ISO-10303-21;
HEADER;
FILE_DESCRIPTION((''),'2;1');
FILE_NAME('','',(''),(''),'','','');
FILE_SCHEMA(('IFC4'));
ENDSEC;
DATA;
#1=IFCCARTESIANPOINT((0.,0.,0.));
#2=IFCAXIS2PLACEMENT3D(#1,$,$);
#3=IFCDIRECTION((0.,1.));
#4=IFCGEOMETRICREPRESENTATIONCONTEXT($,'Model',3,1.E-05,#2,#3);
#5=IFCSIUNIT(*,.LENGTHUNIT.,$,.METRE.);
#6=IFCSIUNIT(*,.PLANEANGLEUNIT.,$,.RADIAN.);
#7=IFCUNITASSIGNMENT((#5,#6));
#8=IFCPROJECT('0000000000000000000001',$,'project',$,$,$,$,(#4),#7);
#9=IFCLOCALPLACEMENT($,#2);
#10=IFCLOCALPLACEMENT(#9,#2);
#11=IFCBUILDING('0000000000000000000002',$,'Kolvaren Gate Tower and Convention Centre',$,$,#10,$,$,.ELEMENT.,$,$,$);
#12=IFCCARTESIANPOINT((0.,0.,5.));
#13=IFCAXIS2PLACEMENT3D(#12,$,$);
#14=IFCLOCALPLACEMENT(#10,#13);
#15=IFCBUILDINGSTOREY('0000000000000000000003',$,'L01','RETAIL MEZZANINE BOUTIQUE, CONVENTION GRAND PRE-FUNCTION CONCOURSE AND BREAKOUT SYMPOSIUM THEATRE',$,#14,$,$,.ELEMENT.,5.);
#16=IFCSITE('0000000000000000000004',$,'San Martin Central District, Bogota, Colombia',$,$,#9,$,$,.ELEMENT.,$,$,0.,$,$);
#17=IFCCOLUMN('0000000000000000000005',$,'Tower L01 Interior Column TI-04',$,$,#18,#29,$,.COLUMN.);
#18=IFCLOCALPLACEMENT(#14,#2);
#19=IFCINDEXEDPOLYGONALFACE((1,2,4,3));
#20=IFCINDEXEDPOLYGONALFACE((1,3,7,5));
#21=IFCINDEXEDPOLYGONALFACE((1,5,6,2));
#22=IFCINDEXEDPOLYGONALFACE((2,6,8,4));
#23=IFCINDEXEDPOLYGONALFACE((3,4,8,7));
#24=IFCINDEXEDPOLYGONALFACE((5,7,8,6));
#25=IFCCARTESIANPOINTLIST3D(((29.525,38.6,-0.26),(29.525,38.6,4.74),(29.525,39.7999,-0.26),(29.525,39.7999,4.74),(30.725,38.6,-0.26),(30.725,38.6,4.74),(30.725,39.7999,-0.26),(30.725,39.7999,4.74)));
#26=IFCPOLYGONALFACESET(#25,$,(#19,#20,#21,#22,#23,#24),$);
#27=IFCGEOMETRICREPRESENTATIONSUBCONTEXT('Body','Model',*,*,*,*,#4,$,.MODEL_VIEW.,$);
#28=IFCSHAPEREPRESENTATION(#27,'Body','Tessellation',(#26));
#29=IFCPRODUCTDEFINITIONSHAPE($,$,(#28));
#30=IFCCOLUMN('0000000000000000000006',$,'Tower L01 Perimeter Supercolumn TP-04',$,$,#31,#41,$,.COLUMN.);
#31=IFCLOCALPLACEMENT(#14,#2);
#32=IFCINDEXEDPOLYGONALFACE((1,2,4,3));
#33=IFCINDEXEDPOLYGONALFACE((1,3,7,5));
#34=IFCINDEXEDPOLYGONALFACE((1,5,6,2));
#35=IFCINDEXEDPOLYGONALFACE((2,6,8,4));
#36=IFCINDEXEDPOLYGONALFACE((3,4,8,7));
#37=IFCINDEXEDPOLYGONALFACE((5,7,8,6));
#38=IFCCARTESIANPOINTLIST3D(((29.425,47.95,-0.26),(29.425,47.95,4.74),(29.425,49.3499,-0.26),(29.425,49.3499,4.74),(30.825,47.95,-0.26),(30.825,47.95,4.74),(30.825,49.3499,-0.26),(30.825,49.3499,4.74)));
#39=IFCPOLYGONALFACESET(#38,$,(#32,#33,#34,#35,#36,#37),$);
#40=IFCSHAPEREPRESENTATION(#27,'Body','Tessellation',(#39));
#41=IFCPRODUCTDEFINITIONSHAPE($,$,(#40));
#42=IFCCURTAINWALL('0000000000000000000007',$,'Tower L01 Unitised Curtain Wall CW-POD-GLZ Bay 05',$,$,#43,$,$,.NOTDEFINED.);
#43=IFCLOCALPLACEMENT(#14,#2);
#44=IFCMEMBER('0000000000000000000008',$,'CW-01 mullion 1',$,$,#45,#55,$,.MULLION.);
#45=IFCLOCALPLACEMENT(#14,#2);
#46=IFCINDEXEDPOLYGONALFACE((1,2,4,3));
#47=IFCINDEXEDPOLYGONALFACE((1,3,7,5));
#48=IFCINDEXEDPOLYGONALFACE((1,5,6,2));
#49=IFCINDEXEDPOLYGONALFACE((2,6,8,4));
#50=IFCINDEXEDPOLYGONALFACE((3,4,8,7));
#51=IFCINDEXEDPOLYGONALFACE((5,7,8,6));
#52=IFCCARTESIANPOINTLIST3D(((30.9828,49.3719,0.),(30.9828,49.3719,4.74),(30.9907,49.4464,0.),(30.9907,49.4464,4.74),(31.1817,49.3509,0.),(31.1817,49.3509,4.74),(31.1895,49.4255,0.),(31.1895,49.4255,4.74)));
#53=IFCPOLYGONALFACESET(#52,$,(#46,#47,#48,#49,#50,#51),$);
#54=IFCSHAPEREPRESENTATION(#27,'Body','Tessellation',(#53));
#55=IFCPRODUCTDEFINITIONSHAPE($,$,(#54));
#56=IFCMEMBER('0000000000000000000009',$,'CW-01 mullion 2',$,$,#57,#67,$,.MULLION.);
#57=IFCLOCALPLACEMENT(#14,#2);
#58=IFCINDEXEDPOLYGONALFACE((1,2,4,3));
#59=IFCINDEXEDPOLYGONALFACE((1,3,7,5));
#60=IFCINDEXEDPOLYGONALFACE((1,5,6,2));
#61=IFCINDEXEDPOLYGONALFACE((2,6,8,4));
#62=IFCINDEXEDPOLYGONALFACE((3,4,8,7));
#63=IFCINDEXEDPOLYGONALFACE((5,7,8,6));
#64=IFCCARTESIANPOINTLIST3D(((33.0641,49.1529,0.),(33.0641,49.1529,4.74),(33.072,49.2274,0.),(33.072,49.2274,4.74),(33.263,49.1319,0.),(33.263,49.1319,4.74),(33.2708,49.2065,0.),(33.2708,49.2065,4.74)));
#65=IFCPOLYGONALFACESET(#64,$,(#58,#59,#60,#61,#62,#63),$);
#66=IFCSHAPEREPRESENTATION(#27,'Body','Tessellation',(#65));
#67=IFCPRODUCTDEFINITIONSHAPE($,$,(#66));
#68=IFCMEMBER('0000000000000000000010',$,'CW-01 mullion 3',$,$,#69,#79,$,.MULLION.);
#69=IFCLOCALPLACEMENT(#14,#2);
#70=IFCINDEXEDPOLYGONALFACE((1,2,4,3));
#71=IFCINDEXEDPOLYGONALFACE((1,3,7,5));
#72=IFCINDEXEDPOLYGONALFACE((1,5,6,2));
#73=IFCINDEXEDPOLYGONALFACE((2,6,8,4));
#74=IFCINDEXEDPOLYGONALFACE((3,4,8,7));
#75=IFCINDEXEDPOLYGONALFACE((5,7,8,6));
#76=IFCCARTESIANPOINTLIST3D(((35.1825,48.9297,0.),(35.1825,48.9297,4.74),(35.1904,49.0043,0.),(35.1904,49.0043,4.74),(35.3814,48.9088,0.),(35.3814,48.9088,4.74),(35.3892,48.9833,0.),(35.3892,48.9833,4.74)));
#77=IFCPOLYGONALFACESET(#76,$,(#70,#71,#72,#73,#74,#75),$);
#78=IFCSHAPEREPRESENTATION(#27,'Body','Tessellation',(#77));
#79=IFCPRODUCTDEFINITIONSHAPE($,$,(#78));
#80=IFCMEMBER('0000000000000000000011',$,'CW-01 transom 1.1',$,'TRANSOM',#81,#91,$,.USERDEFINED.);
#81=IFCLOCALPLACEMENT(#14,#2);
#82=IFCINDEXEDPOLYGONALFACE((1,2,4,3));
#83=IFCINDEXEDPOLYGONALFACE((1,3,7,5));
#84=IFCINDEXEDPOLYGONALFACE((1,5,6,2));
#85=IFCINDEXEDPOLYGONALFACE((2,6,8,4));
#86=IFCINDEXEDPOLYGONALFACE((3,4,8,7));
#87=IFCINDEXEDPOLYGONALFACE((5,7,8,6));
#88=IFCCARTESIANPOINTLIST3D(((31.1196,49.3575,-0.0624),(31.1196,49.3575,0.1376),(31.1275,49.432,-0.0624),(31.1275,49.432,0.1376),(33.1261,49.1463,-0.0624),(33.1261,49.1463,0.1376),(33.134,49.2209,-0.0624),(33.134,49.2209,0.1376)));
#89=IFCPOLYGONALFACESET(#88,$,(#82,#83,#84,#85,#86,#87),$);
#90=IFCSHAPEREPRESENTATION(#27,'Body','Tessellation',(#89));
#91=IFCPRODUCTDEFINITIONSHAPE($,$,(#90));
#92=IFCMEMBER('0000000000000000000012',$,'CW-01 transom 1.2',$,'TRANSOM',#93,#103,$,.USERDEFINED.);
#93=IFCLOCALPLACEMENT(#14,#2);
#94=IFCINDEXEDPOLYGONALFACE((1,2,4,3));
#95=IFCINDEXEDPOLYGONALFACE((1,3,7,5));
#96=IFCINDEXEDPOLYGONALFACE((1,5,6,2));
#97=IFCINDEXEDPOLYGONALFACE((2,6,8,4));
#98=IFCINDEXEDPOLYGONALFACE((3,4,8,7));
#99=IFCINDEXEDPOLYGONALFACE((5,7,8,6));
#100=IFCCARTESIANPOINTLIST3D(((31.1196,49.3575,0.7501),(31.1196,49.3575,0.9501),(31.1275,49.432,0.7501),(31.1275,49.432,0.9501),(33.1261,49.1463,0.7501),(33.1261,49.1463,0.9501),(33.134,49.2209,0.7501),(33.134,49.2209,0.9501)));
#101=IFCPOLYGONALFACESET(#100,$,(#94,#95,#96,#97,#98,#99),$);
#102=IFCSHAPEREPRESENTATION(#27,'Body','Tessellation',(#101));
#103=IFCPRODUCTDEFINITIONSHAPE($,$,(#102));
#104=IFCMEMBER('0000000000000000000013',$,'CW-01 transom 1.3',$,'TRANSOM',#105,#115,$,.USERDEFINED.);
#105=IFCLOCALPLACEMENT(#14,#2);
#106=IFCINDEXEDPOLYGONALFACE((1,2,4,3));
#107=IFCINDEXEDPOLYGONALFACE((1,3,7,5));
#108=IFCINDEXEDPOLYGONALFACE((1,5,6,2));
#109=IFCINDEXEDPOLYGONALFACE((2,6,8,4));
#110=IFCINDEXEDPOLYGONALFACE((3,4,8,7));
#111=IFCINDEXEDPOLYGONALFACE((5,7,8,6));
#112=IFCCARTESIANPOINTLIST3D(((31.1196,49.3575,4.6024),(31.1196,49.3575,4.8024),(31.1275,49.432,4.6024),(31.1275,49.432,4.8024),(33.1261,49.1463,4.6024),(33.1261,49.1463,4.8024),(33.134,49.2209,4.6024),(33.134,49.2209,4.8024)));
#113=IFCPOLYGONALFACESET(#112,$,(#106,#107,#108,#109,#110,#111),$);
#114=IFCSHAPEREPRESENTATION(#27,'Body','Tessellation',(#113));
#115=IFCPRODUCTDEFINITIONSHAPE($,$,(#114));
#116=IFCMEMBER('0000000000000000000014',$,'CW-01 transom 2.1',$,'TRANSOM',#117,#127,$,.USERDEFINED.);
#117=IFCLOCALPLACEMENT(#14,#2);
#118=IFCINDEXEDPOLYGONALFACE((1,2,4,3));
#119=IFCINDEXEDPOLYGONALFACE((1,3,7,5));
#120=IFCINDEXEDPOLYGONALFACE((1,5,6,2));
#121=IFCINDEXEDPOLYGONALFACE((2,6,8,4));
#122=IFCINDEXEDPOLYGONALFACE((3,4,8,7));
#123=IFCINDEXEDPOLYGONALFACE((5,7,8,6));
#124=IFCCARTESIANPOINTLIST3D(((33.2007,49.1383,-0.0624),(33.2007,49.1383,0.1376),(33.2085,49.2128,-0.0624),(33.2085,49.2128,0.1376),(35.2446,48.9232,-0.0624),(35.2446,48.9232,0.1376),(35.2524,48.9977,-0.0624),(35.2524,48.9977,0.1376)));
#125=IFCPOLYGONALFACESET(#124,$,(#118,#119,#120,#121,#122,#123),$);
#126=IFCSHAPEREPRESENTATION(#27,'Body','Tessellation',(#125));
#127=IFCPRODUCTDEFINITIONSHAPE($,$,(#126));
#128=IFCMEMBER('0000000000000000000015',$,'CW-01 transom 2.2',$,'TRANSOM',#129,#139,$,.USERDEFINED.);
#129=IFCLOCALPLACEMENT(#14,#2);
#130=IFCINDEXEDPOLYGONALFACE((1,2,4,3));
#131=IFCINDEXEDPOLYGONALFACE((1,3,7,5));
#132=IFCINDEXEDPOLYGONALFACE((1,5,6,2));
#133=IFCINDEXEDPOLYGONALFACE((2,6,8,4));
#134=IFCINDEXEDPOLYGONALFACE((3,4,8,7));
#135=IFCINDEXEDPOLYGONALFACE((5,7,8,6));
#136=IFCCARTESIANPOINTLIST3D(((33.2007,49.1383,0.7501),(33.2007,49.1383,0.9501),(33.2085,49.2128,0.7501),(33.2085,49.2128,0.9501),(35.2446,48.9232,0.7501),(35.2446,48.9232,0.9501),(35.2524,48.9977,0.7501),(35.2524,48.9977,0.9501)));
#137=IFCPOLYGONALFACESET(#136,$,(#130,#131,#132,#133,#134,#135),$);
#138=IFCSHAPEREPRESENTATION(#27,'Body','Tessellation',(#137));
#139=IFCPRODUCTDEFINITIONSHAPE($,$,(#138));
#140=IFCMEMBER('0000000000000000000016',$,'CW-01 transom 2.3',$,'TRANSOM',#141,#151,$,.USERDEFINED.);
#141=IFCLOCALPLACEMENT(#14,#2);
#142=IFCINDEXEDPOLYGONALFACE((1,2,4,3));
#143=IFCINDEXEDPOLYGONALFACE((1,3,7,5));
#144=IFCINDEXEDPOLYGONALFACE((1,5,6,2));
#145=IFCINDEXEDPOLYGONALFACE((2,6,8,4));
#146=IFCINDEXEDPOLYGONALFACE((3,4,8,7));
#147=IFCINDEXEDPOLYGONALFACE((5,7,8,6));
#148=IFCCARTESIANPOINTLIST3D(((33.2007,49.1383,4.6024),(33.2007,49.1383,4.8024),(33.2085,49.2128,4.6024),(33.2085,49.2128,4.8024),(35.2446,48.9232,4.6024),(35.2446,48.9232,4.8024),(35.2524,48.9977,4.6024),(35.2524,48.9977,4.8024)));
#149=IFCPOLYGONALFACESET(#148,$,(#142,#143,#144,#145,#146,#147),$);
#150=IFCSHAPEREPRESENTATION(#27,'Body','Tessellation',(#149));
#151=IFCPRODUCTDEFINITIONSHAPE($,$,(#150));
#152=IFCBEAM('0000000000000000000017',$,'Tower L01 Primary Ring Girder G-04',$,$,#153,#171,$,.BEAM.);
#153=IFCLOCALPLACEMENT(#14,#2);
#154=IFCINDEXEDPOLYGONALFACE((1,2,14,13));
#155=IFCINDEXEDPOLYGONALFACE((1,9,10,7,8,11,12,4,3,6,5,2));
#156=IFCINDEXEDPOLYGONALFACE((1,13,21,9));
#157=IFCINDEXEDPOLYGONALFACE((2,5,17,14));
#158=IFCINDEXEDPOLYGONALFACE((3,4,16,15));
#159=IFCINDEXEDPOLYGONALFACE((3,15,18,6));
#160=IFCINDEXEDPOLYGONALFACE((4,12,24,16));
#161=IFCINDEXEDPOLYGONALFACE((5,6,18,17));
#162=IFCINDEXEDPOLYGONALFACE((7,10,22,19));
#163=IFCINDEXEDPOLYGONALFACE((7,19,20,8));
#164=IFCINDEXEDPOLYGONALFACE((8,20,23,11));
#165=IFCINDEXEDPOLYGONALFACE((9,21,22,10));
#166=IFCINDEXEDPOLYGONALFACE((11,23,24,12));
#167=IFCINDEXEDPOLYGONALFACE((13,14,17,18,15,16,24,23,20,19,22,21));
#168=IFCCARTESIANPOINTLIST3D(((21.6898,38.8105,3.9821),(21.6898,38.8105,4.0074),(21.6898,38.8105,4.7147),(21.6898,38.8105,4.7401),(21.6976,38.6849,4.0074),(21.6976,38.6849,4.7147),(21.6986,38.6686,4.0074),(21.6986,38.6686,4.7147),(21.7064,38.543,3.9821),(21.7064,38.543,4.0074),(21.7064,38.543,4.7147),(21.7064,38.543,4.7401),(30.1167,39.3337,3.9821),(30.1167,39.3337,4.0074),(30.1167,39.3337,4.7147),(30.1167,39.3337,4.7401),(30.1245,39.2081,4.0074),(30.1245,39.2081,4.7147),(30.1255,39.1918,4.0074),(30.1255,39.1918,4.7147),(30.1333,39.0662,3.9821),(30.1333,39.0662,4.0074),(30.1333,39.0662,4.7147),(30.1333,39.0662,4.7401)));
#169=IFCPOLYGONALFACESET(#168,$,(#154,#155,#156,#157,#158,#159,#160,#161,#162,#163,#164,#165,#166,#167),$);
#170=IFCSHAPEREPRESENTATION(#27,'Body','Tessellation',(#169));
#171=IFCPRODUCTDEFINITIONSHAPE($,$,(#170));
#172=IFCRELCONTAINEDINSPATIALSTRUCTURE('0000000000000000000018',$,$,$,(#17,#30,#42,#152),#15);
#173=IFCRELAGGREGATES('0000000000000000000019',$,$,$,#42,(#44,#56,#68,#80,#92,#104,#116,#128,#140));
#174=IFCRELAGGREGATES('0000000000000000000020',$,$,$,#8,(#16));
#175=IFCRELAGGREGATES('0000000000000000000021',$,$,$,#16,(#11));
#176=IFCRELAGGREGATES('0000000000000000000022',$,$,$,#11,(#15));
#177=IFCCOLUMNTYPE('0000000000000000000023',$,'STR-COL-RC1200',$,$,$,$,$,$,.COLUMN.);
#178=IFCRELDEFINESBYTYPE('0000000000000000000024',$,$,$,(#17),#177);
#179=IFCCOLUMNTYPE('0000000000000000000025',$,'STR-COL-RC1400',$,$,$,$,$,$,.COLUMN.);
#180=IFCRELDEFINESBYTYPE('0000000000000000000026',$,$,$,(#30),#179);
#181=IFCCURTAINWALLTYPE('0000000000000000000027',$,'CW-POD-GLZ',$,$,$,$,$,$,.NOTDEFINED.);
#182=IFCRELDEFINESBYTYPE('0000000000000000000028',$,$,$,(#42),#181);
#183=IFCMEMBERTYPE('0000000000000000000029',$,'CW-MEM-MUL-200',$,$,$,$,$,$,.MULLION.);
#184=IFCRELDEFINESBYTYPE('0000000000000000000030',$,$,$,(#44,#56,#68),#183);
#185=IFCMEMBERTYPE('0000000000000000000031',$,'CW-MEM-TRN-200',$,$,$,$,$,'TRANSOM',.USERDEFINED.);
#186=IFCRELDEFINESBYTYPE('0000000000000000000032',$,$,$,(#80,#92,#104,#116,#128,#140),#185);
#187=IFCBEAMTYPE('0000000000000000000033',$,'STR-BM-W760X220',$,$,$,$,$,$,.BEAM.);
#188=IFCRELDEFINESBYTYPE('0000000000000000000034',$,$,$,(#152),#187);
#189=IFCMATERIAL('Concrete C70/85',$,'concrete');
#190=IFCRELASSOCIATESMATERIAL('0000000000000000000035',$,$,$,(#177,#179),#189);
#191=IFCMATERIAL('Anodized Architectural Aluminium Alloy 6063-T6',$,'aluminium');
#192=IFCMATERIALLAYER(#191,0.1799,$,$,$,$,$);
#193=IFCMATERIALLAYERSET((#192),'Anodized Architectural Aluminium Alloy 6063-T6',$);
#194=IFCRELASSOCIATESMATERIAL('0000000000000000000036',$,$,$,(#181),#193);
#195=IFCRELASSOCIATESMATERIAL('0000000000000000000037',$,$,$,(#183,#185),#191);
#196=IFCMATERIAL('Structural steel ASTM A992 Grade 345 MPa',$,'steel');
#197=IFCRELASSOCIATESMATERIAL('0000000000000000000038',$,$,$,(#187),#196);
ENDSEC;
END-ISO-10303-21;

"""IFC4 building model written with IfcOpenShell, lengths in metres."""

from ifc_helpers import new_model, si_unit, direction, frame, origin, origin_2d, place, context, subcontext, project, spatial, rectangle, i_section, extrude, material, layer, layer_set, material_profile, profile_set, type_object, element, aggregate, save


model = new_model("IFC4")

# Units and contexts
model_context = context("Model", 3, precision=1e-05, world=origin(), true_north=direction((0.0, 1.0)))
body_context = subcontext(model_context, "Body", "Model", "MODEL_VIEW")
ifc_project = project(units=[si_unit("LENGTHUNIT", "METRE"), si_unit("PLANEANGLEUNIT", "RADIAN")], contexts=[model_context])

# Site, building, storey
site_placement = place(None, origin())
site = spatial("IfcSite", under=ifc_project, at=site_placement, Name="San Martin Central District, Bogota, Colombia", CompositionType="ELEMENT", RefElevation=0.0)
building_placement = place(site_placement, origin())
building = spatial("IfcBuilding", under=site, at=building_placement, Name="Kolvaren Gate Tower and Convention Centre", CompositionType="ELEMENT")
storey_placement = place(building_placement, frame((0.0, 0.0, 5.0)))
storey = spatial("IfcBuildingStorey", under=building, at=storey_placement, Name="L01", Description="RETAIL MEZZANINE BOUTIQUE, CONVENTION GRAND PRE-FUNCTION CONCOURSE AND BREAKOUT SYMPOSIUM THEATRE", CompositionType="ELEMENT", Elevation=5.0)

# Columns
ifc_material_1 = material(Name="Concrete C70/85", Category="concrete")
ifc_material_profile_1 = material_profile(ifc_material_1, rectangle(XDim=1.2, YDim=1.2, at=origin_2d()), Name="RC-COL-1200X1200")
ifc_profile_set_1 = profile_set([ifc_material_profile_1], Name="Concrete C70/85")
column_type_1 = type_object("IfcColumnType", Name="STR-COL-RC1200", PredefinedType="COLUMN", material=ifc_profile_set_1)
column_1_placement = place(storey_placement, frame((30.125, 39.2, -0.26), z_axis=(0.0, 0.0, 1.0), x_axis=(1.0, 0.0, 0.0)))
element("IfcColumn", 1, at=column_1_placement, inside=storey, type_object=column_type_1, Name="Tower L01 Interior Column TI-04", PredefinedType="COLUMN", context=body_context, shape_type="SweptSolid", body=[
    extrude(rectangle(XDim=1.2, YDim=1.2, at=origin_2d()), origin(), (0.0, 0.0, 1.0), 5.0),
])
ifc_material_profile_2 = material_profile(ifc_material_1, rectangle(XDim=1.3999, YDim=1.3999, at=origin_2d()), Name="RC-COL-1400X1400")
ifc_profile_set_2 = profile_set([ifc_material_profile_2], Name="Concrete C70/85")
column_type_2 = type_object("IfcColumnType", Name="STR-COL-RC1400", PredefinedType="COLUMN", material=ifc_profile_set_2)
column_2_placement = place(storey_placement, frame((30.125, 48.6499, -0.26), z_axis=(0.0, 0.0, 1.0), x_axis=(1.0, 0.0, 0.0)))
element("IfcColumn", 2, at=column_2_placement, inside=storey, type_object=column_type_2, Name="Tower L01 Perimeter Supercolumn TP-04", PredefinedType="COLUMN", context=body_context, shape_type="SweptSolid", body=[
    extrude(rectangle(XDim=1.3999, YDim=1.3999, at=origin_2d()), origin(), (0.0, 0.0, 1.0), 5.0),
])

# Curtain wall, members
ifc_material_2 = material(Name="Anodized Architectural Aluminium Alloy 6063-T6", Category="aluminium")
ifc_layer_1 = layer(ifc_material_2, 0.1799)
ifc_layer_set_1 = layer_set([ifc_layer_1], Name="Anodized Architectural Aluminium Alloy 6063-T6")
curtain_wall_type = type_object("IfcCurtainWallType", Name="CW-POD-GLZ", PredefinedType="NOTDEFINED", material=ifc_layer_set_1)
curtain_wall_placement = place(storey_placement, origin())
curtain_wall = element("IfcCurtainWall", 3, at=curtain_wall_placement, inside=storey, type_object=curtain_wall_type, Name="Tower L01 Unitised Curtain Wall CW-POD-GLZ Bay 05", PredefinedType="NOTDEFINED")
ifc_material_profile_3 = material_profile(ifc_material_2, rectangle(XDim=0.075, YDim=0.2, at=origin_2d()), Name="CW-MEM-MUL-200")
ifc_profile_set_3 = profile_set([ifc_material_profile_3], Name="Anodized Architectural Aluminium Alloy 6063-T6")
member_type_1 = type_object("IfcMemberType", Name="CW-MEM-MUL-200", PredefinedType="MULLION", material=ifc_profile_set_3)
member_1_placement = place(storey_placement, frame((31.0862, 49.3987, 0.0), z_axis=(0.0, 0.0, 1.0), x_axis=(0.104748, 0.994499, 0.0)))
member_1 = element("IfcMember", 4, at=member_1_placement, type_object=member_type_1, Name="CW-01 mullion 1", PredefinedType="MULLION", context=body_context, shape_type="SweptSolid", body=[
    extrude(rectangle(XDim=0.075, YDim=0.2, at=origin_2d()), origin(), (0.0, 0.0, 1.0), 4.74),
])
member_2_placement = place(storey_placement, frame((33.1675, 49.1797, 0.0), z_axis=(0.0, 0.0, 1.0), x_axis=(0.104748, 0.994499, 0.0)))
member_2 = element("IfcMember", 5, at=member_2_placement, type_object=member_type_1, Name="CW-01 mullion 2", PredefinedType="MULLION", context=body_context, shape_type="SweptSolid", body=[
    extrude(rectangle(XDim=0.075, YDim=0.2, at=origin_2d()), origin(), (0.0, 0.0, 1.0), 4.74),
])
member_3_placement = place(storey_placement, frame((35.2859, 48.9565, 0.0), z_axis=(0.0, 0.0, 1.0), x_axis=(0.104748, 0.994499, 0.0)))
member_3 = element("IfcMember", 6, at=member_3_placement, type_object=member_type_1, Name="CW-01 mullion 3", PredefinedType="MULLION", context=body_context, shape_type="SweptSolid", body=[
    extrude(rectangle(XDim=0.075, YDim=0.2, at=origin_2d()), origin(), (0.0, 0.0, 1.0), 4.74),
])
ifc_material_profile_4 = material_profile(ifc_material_2, rectangle(XDim=0.075, YDim=0.2, at=origin_2d()), Name="CW-MEM-TRN-200")
ifc_profile_set_4 = profile_set([ifc_material_profile_4], Name="Anodized Architectural Aluminium Alloy 6063-T6")
member_type_2 = type_object("IfcMemberType", Name="CW-MEM-TRN-200", ElementType="TRANSOM", PredefinedType="USERDEFINED", material=ifc_profile_set_4)
member_4_placement = place(storey_placement, frame((31.1235, 49.3948, 0.0376), z_axis=(0.994507, -0.104666, 0.0), x_axis=(0.104666, 0.994507, 0.0)))
member_4 = element("IfcMember", 7, at=member_4_placement, type_object=member_type_2, Name="CW-01 transom 1.1", ObjectType="TRANSOM", PredefinedType="USERDEFINED", context=body_context, shape_type="SweptSolid", body=[
    extrude(rectangle(XDim=0.075, YDim=0.2, at=origin_2d()), origin(), (0.0, 0.0, 1.0), 2.0176),
])
member_5_placement = place(storey_placement, frame((31.1235, 49.3948, 0.8501), z_axis=(0.994507, -0.104666, 0.0), x_axis=(0.104666, 0.994507, 0.0)))
member_5 = element("IfcMember", 8, at=member_5_placement, type_object=member_type_2, Name="CW-01 transom 1.2", ObjectType="TRANSOM", PredefinedType="USERDEFINED", context=body_context, shape_type="SweptSolid", body=[
    extrude(rectangle(XDim=0.075, YDim=0.2, at=origin_2d()), origin(), (0.0, 0.0, 1.0), 2.0176),
])
member_6_placement = place(storey_placement, frame((31.1235, 49.3948, 4.7024), z_axis=(0.994507, -0.104666, 0.0), x_axis=(0.104666, 0.994507, 0.0)))
member_6 = element("IfcMember", 9, at=member_6_placement, type_object=member_type_2, Name="CW-01 transom 1.3", ObjectType="TRANSOM", PredefinedType="USERDEFINED", context=body_context, shape_type="SweptSolid", body=[
    extrude(rectangle(XDim=0.075, YDim=0.2, at=origin_2d()), origin(), (0.0, 0.0, 1.0), 2.0176),
])
member_7_placement = place(storey_placement, frame((33.2046, 49.1755, 0.0376), z_axis=(0.994509, -0.104654, 0.0), x_axis=(0.104654, 0.994509, 0.0)))
member_7 = element("IfcMember", 10, at=member_7_placement, type_object=member_type_2, Name="CW-01 transom 2.1", ObjectType="TRANSOM", PredefinedType="USERDEFINED", context=body_context, shape_type="SweptSolid", body=[
    extrude(rectangle(XDim=0.075, YDim=0.2, at=origin_2d()), origin(), (0.0, 0.0, 1.0), 2.0552),
])
member_8_placement = place(storey_placement, frame((33.2046, 49.1755, 0.8501), z_axis=(0.994509, -0.104654, 0.0), x_axis=(0.104654, 0.994509, 0.0)))
member_8 = element("IfcMember", 11, at=member_8_placement, type_object=member_type_2, Name="CW-01 transom 2.2", ObjectType="TRANSOM", PredefinedType="USERDEFINED", context=body_context, shape_type="SweptSolid", body=[
    extrude(rectangle(XDim=0.075, YDim=0.2, at=origin_2d()), origin(), (0.0, 0.0, 1.0), 2.0552),
])
member_9_placement = place(storey_placement, frame((33.2046, 49.1755, 4.7024), z_axis=(0.994509, -0.104654, 0.0), x_axis=(0.104654, 0.994509, 0.0)))
member_9 = element("IfcMember", 12, at=member_9_placement, type_object=member_type_2, Name="CW-01 transom 2.3", ObjectType="TRANSOM", PredefinedType="USERDEFINED", context=body_context, shape_type="SweptSolid", body=[
    extrude(rectangle(XDim=0.075, YDim=0.2, at=origin_2d()), origin(), (0.0, 0.0, 1.0), 2.0552),
])

# Beam
ifc_material_3 = material(Name="Structural steel ASTM A992 Grade 345 MPa", Category="steel")
ifc_material_profile_5 = material_profile(ifc_material_3, i_section(OverallWidth=0.2681, OverallDepth=0.7581, WebThickness=0.0164, FlangeThickness=0.0254, at=origin_2d()), Name="W760X220")
ifc_profile_set_5 = profile_set([ifc_material_profile_5], Name="Structural steel ASTM A992 Grade 345 MPa")
beam_type_1 = type_object("IfcBeamType", Name="STR-BM-W760X220", PredefinedType="BEAM", material=ifc_profile_set_5)
beam_1_placement = place(storey_placement, frame((30.125, 39.2, 4.3611), z_axis=(-0.998078, -0.061966, 0.0), x_axis=(0.061966, -0.998078, 0.0)))
element("IfcBeam", 13, at=beam_1_placement, inside=storey, type_object=beam_type_1, Name="Tower L01 Primary Ring Girder G-04", PredefinedType="BEAM", context=body_context, shape_type="SweptSolid", body=[
    extrude(i_section(OverallWidth=0.2681, OverallDepth=0.7581, WebThickness=0.0164, FlangeThickness=0.0254, at=origin_2d()), origin(), (0.0, 0.0, 1.0), 8.4431),
])

aggregate(curtain_wall, [member_1, member_2, member_3, member_4, member_5, member_6, member_7, member_8, member_9])

save(model, "model.ifc")
